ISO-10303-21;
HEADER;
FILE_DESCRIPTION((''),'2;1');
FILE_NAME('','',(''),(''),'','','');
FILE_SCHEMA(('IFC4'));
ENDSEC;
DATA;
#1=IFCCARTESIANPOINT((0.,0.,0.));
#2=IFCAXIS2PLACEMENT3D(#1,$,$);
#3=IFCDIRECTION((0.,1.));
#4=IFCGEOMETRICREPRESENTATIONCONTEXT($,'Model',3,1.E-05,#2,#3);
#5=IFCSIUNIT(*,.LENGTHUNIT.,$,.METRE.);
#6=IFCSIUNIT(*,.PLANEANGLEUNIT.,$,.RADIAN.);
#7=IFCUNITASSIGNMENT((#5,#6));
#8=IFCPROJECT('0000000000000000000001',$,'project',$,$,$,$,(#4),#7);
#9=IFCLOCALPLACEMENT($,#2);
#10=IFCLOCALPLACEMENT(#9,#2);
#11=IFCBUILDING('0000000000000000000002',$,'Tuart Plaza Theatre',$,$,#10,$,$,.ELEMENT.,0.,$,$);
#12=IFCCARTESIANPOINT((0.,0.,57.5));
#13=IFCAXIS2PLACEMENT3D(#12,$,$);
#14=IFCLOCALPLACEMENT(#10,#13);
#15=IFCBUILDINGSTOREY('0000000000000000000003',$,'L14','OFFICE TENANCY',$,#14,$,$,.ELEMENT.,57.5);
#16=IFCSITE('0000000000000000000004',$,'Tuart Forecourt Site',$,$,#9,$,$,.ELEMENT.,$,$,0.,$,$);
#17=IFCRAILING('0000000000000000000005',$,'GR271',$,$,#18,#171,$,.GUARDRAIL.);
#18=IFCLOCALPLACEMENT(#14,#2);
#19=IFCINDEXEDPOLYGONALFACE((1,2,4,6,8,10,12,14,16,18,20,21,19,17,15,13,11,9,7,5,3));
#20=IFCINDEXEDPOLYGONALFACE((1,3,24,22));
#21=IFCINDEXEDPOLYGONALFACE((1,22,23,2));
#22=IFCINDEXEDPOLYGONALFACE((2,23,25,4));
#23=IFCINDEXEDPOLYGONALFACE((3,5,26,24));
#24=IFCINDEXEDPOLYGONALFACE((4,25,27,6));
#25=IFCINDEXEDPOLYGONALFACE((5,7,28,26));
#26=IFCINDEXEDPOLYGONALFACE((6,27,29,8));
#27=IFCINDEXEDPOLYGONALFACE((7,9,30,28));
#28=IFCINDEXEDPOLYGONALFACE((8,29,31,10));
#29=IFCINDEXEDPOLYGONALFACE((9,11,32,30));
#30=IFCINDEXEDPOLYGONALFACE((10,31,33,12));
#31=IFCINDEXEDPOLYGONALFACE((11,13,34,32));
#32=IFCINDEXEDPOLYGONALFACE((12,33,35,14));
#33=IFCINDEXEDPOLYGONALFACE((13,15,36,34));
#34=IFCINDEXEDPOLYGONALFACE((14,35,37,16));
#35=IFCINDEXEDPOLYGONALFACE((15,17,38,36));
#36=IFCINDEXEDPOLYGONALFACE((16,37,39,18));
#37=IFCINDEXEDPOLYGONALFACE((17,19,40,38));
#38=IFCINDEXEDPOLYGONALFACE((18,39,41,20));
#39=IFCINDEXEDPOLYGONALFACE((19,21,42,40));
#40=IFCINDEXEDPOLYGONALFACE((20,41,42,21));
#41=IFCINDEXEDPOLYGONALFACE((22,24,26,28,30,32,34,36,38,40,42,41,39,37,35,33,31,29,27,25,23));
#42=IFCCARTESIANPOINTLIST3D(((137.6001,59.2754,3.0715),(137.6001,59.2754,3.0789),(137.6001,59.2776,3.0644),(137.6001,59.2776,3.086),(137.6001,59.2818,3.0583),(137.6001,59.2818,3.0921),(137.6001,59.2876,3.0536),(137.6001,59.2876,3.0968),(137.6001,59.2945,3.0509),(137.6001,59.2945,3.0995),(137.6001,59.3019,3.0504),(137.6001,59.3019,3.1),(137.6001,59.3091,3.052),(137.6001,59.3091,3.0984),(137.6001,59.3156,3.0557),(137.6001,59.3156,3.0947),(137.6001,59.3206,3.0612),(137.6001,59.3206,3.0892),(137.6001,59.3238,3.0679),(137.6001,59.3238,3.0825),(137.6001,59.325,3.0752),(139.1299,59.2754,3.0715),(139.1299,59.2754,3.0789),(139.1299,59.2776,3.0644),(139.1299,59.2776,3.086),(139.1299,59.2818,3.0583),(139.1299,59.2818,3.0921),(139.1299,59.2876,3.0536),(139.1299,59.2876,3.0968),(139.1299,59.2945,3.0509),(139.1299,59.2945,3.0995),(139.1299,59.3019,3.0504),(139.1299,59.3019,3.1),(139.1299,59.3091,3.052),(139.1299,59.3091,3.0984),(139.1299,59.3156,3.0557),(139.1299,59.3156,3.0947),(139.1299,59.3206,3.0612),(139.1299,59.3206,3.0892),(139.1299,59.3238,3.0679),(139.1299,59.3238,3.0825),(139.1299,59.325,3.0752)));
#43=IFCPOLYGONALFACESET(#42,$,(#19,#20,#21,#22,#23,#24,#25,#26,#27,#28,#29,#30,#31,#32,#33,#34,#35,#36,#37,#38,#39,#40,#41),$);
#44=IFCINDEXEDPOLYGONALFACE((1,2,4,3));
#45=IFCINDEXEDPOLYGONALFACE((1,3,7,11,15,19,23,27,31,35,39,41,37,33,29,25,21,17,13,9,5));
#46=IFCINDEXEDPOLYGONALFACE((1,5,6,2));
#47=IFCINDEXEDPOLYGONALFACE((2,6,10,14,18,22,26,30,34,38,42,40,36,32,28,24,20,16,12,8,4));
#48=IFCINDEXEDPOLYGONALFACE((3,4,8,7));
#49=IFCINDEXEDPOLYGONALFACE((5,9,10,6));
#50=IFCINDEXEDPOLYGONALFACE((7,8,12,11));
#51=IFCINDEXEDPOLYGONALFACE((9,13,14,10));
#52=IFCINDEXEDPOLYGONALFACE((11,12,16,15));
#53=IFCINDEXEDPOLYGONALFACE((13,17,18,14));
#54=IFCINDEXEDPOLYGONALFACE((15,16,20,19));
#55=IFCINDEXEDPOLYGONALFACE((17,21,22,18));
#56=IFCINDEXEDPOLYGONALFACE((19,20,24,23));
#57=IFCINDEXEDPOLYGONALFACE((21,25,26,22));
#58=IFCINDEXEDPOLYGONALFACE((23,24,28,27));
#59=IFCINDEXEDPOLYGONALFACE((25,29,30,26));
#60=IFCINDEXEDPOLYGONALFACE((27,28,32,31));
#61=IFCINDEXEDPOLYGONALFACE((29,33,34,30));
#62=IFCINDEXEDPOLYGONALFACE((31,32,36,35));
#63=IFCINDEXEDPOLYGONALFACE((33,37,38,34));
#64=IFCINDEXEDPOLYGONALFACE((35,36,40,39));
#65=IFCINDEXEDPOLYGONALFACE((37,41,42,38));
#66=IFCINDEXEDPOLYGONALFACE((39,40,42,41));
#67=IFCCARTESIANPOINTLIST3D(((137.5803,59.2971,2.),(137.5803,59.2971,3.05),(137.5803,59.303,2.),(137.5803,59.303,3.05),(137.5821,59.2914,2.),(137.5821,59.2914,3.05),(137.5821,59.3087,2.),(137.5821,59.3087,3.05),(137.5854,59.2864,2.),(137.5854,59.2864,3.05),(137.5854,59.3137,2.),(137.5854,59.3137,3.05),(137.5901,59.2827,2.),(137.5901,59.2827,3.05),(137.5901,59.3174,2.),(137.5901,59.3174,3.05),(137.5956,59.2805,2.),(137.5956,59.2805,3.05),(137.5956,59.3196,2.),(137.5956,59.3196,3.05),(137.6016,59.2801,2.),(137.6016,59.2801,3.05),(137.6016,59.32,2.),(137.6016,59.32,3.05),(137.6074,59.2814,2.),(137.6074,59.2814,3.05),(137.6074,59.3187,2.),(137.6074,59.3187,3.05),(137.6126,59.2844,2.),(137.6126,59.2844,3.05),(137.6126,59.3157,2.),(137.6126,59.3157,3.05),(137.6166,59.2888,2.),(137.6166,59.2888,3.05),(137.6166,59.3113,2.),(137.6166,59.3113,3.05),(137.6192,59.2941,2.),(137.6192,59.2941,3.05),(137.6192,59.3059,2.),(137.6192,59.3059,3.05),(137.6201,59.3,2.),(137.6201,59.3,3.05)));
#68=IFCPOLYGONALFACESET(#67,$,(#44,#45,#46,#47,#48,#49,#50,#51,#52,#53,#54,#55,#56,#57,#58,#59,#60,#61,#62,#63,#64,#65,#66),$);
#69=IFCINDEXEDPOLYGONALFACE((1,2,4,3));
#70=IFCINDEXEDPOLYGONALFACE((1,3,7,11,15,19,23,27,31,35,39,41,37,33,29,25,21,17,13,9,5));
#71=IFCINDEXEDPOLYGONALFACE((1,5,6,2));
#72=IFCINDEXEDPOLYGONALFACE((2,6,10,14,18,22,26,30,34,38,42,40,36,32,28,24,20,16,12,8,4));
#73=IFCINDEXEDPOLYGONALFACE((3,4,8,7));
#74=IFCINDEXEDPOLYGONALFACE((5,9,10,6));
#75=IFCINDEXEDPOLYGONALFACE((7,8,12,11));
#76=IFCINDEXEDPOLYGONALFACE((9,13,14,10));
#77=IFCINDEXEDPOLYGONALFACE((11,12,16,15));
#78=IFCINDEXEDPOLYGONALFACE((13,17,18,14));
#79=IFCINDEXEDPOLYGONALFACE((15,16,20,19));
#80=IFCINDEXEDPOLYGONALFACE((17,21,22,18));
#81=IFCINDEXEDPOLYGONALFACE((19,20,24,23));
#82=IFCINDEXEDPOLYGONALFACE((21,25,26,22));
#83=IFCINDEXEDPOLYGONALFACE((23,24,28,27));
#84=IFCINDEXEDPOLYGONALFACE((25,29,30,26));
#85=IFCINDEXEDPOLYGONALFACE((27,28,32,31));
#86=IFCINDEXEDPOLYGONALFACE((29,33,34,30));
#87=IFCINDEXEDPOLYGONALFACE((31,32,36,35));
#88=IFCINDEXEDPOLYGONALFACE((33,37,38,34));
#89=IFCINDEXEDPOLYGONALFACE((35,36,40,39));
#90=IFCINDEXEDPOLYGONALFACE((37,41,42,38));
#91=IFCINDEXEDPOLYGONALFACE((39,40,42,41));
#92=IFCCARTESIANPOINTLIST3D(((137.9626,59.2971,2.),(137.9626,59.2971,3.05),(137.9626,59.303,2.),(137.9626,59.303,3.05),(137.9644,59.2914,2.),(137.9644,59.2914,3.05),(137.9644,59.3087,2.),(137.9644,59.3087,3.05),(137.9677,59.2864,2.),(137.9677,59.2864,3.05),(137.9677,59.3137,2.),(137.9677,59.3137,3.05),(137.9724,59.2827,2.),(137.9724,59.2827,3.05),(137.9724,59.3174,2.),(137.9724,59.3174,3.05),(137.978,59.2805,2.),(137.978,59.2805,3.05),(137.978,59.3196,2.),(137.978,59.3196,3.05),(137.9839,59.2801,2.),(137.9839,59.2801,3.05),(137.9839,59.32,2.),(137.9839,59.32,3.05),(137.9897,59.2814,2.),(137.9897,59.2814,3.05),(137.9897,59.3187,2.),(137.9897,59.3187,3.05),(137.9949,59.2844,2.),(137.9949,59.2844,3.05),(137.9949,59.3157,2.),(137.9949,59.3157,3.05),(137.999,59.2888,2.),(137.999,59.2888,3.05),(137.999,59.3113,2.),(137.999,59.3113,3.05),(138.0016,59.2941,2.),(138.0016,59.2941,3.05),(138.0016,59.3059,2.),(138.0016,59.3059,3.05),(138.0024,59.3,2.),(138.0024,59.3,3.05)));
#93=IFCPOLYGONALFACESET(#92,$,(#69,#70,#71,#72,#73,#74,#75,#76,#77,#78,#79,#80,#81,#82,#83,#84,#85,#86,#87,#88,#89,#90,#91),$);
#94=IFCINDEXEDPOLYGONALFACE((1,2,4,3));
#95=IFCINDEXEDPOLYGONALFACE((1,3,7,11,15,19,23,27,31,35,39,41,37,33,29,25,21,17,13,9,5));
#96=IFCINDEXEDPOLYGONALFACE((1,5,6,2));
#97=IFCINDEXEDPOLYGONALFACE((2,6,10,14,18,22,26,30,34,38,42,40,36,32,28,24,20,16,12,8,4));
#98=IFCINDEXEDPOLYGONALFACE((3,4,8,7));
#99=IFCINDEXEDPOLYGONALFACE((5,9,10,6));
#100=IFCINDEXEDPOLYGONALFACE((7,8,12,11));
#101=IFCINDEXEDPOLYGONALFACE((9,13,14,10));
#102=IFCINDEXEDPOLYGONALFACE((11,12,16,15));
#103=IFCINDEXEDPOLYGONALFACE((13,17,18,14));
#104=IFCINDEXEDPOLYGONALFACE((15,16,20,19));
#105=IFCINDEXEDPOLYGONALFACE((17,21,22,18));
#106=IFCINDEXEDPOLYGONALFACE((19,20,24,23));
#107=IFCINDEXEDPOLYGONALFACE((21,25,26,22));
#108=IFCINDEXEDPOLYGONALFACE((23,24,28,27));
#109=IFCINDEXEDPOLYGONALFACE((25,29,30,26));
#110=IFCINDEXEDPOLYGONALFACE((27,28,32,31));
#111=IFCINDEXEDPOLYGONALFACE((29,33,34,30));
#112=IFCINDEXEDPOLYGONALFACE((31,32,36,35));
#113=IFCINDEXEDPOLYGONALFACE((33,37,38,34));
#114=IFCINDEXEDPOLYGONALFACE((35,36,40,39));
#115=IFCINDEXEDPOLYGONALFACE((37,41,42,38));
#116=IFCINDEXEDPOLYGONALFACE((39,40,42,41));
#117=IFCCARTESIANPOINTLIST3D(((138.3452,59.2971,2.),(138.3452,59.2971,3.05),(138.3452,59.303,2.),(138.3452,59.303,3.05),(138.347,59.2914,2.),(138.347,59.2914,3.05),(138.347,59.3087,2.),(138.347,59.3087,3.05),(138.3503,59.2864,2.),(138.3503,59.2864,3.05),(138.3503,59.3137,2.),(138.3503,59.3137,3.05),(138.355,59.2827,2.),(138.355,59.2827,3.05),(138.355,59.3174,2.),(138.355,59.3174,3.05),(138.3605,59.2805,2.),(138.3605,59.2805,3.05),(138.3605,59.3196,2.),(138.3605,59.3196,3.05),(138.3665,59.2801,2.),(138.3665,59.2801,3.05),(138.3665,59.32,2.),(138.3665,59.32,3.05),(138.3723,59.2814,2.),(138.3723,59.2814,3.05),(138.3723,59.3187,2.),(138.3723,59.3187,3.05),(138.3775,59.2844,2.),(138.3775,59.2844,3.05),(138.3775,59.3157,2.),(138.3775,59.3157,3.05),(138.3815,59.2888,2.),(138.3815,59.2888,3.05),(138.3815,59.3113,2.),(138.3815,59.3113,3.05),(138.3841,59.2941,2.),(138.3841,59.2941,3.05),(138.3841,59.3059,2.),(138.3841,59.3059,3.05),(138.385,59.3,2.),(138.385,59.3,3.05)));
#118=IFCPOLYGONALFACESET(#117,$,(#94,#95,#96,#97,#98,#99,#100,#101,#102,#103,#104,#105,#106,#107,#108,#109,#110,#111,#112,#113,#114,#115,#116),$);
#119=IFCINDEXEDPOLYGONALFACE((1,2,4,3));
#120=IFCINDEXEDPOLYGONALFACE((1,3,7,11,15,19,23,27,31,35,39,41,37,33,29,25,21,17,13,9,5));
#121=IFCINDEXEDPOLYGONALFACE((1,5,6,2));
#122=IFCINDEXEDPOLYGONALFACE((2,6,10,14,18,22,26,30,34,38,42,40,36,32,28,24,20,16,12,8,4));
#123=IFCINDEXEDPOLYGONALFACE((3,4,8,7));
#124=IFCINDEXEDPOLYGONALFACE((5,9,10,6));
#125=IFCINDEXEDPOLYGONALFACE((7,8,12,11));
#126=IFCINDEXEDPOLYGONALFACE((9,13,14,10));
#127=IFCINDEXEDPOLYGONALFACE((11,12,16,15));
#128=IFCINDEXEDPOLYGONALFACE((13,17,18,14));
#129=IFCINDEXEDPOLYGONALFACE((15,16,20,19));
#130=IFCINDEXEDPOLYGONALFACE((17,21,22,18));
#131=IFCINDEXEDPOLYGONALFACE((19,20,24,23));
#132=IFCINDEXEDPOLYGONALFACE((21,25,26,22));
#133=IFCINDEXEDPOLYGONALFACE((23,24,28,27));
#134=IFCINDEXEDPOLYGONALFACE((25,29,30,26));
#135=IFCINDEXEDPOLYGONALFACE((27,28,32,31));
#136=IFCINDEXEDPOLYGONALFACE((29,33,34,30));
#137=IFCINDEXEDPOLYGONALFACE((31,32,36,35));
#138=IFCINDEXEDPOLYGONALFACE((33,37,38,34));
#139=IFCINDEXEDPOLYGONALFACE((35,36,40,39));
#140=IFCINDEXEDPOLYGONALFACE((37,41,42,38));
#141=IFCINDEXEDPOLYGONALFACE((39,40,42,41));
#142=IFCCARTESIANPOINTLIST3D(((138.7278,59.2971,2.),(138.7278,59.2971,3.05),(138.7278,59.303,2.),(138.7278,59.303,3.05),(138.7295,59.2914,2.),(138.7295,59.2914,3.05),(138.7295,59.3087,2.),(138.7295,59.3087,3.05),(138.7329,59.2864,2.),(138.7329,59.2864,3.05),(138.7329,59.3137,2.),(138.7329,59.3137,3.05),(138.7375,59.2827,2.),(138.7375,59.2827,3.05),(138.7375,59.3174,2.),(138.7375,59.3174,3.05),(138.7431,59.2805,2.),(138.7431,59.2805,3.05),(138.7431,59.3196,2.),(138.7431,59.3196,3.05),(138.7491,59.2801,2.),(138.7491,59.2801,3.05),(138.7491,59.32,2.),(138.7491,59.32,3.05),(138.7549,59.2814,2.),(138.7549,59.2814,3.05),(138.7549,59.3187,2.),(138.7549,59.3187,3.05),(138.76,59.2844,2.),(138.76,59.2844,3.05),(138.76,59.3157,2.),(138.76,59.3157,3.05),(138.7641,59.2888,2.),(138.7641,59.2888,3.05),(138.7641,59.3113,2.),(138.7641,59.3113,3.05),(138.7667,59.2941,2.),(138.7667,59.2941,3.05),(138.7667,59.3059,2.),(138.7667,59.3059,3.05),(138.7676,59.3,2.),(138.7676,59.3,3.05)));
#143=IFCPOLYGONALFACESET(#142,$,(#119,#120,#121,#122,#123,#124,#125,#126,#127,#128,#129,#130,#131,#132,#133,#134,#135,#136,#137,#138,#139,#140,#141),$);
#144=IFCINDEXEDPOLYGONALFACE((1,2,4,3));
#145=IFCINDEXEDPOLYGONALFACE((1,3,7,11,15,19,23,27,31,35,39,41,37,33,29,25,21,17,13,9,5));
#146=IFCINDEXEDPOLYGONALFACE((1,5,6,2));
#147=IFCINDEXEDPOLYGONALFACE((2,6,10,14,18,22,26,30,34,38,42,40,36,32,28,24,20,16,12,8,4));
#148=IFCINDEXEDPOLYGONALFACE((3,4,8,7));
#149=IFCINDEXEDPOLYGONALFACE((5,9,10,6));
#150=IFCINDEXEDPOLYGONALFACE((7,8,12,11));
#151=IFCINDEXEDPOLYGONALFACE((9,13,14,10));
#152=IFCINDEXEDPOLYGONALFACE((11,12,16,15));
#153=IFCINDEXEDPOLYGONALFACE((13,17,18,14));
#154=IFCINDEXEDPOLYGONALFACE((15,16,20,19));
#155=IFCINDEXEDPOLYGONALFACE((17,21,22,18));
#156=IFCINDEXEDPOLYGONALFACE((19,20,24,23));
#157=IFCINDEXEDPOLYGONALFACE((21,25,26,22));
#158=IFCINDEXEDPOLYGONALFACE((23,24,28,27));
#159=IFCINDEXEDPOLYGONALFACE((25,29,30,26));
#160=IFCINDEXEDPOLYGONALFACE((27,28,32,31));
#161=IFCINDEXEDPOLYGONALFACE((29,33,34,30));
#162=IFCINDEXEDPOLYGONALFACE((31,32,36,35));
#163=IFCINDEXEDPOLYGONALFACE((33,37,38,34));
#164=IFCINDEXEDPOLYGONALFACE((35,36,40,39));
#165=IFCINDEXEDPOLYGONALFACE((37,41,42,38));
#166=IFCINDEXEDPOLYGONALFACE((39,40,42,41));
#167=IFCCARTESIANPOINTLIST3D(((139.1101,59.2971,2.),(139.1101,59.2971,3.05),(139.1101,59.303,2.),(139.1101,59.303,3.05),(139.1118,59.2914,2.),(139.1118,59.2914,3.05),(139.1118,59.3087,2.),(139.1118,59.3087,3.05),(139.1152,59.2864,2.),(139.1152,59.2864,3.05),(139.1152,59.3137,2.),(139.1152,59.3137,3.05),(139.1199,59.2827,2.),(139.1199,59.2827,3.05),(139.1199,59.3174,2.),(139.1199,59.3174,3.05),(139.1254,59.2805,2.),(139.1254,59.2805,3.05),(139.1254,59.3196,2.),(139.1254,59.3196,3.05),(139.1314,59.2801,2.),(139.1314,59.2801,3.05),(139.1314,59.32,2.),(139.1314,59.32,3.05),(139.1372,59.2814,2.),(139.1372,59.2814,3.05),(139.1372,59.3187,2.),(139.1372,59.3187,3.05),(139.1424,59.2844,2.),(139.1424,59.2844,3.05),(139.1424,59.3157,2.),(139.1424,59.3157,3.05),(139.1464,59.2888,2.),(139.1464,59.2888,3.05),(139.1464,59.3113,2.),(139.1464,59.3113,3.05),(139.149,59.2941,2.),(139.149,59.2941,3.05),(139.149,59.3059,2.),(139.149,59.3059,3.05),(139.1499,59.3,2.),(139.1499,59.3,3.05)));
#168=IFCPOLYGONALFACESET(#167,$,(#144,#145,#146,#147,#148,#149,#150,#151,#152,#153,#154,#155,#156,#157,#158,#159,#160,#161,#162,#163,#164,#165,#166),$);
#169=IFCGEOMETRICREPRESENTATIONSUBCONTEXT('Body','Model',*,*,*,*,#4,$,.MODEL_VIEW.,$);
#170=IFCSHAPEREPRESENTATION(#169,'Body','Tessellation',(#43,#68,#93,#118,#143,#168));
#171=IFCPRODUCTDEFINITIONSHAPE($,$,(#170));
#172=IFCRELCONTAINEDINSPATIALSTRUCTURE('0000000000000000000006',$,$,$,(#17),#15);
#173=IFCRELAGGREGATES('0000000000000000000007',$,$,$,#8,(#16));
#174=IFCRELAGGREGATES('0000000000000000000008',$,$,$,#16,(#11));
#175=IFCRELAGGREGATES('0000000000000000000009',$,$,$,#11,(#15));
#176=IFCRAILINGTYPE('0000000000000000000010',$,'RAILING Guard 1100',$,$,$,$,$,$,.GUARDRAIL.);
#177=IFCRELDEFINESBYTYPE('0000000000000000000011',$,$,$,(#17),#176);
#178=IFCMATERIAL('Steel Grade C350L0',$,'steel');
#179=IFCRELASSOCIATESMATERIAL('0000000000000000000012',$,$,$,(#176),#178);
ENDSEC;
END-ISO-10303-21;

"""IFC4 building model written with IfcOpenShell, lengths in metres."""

from ifc_helpers import new_model, si_unit, direction, frame, origin, origin_2d, place, context, subcontext, project, spatial, circle, extrude, material, type_object, element, save


model = new_model("IFC4")

# Units and contexts
model_context = context("Model", 3, precision=1e-05, world=origin(), true_north=direction((0.0, 1.0)))
body_context = subcontext(model_context, "Body", "Model", "MODEL_VIEW")
ifc_project = project(units=[si_unit("LENGTHUNIT", "METRE"), si_unit("PLANEANGLEUNIT", "RADIAN")], contexts=[model_context])

# Site, building, storey
site_placement = place(None, origin())
site = spatial("IfcSite", under=ifc_project, at=site_placement, Name="Tuart Forecourt Site", CompositionType="ELEMENT", RefElevation=0.0)
building_placement = place(site_placement, origin())
building = spatial("IfcBuilding", under=site, at=building_placement, Name="Tuart Plaza Theatre", CompositionType="ELEMENT", ElevationOfRefHeight=0.0)
storey_placement = place(building_placement, frame((0.0, 0.0, 57.5)))
storey = spatial("IfcBuildingStorey", under=building, at=storey_placement, Name="L14", Description="OFFICE TENANCY", CompositionType="ELEMENT", Elevation=57.5)

# Railing
ifc_material_1 = material(Name="Steel Grade C350L0", Category="steel")
railing_type_1 = type_object("IfcRailingType", Name="RAILING Guard 1100", PredefinedType="GUARDRAIL", material=ifc_material_1)
railing_1_placement = place(storey_placement, frame((137.6001, 59.3, 2.0)))
element("IfcRailing", 1, at=railing_1_placement, inside=storey, type_object=railing_type_1, Name="GR271", PredefinedType="GUARDRAIL", context=body_context, shape_type="SweptSolid", body=[
    extrude(circle(Radius=0.0249, at=origin_2d()), frame((0.0, 0.0, 1.0752), z_axis=(1.0, 0.0, 0.0), x_axis=(0.0, 1.0, 0.0)), (0.0, 0.0, 1.0), 1.5298),
    extrude(circle(Radius=0.02, at=origin_2d()), origin(), (0.0, 0.0, 1.0), 1.05),
    extrude(circle(Radius=0.02, at=origin_2d()), frame((0.3823, 0.0, 0.0)), (0.0, 0.0, 1.0), 1.05),
    extrude(circle(Radius=0.02, at=origin_2d()), frame((0.7649, 0.0, 0.0)), (0.0, 0.0, 1.0), 1.05),
    extrude(circle(Radius=0.02, at=origin_2d()), frame((1.1475, 0.0, 0.0)), (0.0, 0.0, 1.0), 1.05),
    extrude(circle(Radius=0.02, at=origin_2d()), frame((1.5298, 0.0, 0.0)), (0.0, 0.0, 1.0), 1.05),
])

save(model, "model.ifc")
